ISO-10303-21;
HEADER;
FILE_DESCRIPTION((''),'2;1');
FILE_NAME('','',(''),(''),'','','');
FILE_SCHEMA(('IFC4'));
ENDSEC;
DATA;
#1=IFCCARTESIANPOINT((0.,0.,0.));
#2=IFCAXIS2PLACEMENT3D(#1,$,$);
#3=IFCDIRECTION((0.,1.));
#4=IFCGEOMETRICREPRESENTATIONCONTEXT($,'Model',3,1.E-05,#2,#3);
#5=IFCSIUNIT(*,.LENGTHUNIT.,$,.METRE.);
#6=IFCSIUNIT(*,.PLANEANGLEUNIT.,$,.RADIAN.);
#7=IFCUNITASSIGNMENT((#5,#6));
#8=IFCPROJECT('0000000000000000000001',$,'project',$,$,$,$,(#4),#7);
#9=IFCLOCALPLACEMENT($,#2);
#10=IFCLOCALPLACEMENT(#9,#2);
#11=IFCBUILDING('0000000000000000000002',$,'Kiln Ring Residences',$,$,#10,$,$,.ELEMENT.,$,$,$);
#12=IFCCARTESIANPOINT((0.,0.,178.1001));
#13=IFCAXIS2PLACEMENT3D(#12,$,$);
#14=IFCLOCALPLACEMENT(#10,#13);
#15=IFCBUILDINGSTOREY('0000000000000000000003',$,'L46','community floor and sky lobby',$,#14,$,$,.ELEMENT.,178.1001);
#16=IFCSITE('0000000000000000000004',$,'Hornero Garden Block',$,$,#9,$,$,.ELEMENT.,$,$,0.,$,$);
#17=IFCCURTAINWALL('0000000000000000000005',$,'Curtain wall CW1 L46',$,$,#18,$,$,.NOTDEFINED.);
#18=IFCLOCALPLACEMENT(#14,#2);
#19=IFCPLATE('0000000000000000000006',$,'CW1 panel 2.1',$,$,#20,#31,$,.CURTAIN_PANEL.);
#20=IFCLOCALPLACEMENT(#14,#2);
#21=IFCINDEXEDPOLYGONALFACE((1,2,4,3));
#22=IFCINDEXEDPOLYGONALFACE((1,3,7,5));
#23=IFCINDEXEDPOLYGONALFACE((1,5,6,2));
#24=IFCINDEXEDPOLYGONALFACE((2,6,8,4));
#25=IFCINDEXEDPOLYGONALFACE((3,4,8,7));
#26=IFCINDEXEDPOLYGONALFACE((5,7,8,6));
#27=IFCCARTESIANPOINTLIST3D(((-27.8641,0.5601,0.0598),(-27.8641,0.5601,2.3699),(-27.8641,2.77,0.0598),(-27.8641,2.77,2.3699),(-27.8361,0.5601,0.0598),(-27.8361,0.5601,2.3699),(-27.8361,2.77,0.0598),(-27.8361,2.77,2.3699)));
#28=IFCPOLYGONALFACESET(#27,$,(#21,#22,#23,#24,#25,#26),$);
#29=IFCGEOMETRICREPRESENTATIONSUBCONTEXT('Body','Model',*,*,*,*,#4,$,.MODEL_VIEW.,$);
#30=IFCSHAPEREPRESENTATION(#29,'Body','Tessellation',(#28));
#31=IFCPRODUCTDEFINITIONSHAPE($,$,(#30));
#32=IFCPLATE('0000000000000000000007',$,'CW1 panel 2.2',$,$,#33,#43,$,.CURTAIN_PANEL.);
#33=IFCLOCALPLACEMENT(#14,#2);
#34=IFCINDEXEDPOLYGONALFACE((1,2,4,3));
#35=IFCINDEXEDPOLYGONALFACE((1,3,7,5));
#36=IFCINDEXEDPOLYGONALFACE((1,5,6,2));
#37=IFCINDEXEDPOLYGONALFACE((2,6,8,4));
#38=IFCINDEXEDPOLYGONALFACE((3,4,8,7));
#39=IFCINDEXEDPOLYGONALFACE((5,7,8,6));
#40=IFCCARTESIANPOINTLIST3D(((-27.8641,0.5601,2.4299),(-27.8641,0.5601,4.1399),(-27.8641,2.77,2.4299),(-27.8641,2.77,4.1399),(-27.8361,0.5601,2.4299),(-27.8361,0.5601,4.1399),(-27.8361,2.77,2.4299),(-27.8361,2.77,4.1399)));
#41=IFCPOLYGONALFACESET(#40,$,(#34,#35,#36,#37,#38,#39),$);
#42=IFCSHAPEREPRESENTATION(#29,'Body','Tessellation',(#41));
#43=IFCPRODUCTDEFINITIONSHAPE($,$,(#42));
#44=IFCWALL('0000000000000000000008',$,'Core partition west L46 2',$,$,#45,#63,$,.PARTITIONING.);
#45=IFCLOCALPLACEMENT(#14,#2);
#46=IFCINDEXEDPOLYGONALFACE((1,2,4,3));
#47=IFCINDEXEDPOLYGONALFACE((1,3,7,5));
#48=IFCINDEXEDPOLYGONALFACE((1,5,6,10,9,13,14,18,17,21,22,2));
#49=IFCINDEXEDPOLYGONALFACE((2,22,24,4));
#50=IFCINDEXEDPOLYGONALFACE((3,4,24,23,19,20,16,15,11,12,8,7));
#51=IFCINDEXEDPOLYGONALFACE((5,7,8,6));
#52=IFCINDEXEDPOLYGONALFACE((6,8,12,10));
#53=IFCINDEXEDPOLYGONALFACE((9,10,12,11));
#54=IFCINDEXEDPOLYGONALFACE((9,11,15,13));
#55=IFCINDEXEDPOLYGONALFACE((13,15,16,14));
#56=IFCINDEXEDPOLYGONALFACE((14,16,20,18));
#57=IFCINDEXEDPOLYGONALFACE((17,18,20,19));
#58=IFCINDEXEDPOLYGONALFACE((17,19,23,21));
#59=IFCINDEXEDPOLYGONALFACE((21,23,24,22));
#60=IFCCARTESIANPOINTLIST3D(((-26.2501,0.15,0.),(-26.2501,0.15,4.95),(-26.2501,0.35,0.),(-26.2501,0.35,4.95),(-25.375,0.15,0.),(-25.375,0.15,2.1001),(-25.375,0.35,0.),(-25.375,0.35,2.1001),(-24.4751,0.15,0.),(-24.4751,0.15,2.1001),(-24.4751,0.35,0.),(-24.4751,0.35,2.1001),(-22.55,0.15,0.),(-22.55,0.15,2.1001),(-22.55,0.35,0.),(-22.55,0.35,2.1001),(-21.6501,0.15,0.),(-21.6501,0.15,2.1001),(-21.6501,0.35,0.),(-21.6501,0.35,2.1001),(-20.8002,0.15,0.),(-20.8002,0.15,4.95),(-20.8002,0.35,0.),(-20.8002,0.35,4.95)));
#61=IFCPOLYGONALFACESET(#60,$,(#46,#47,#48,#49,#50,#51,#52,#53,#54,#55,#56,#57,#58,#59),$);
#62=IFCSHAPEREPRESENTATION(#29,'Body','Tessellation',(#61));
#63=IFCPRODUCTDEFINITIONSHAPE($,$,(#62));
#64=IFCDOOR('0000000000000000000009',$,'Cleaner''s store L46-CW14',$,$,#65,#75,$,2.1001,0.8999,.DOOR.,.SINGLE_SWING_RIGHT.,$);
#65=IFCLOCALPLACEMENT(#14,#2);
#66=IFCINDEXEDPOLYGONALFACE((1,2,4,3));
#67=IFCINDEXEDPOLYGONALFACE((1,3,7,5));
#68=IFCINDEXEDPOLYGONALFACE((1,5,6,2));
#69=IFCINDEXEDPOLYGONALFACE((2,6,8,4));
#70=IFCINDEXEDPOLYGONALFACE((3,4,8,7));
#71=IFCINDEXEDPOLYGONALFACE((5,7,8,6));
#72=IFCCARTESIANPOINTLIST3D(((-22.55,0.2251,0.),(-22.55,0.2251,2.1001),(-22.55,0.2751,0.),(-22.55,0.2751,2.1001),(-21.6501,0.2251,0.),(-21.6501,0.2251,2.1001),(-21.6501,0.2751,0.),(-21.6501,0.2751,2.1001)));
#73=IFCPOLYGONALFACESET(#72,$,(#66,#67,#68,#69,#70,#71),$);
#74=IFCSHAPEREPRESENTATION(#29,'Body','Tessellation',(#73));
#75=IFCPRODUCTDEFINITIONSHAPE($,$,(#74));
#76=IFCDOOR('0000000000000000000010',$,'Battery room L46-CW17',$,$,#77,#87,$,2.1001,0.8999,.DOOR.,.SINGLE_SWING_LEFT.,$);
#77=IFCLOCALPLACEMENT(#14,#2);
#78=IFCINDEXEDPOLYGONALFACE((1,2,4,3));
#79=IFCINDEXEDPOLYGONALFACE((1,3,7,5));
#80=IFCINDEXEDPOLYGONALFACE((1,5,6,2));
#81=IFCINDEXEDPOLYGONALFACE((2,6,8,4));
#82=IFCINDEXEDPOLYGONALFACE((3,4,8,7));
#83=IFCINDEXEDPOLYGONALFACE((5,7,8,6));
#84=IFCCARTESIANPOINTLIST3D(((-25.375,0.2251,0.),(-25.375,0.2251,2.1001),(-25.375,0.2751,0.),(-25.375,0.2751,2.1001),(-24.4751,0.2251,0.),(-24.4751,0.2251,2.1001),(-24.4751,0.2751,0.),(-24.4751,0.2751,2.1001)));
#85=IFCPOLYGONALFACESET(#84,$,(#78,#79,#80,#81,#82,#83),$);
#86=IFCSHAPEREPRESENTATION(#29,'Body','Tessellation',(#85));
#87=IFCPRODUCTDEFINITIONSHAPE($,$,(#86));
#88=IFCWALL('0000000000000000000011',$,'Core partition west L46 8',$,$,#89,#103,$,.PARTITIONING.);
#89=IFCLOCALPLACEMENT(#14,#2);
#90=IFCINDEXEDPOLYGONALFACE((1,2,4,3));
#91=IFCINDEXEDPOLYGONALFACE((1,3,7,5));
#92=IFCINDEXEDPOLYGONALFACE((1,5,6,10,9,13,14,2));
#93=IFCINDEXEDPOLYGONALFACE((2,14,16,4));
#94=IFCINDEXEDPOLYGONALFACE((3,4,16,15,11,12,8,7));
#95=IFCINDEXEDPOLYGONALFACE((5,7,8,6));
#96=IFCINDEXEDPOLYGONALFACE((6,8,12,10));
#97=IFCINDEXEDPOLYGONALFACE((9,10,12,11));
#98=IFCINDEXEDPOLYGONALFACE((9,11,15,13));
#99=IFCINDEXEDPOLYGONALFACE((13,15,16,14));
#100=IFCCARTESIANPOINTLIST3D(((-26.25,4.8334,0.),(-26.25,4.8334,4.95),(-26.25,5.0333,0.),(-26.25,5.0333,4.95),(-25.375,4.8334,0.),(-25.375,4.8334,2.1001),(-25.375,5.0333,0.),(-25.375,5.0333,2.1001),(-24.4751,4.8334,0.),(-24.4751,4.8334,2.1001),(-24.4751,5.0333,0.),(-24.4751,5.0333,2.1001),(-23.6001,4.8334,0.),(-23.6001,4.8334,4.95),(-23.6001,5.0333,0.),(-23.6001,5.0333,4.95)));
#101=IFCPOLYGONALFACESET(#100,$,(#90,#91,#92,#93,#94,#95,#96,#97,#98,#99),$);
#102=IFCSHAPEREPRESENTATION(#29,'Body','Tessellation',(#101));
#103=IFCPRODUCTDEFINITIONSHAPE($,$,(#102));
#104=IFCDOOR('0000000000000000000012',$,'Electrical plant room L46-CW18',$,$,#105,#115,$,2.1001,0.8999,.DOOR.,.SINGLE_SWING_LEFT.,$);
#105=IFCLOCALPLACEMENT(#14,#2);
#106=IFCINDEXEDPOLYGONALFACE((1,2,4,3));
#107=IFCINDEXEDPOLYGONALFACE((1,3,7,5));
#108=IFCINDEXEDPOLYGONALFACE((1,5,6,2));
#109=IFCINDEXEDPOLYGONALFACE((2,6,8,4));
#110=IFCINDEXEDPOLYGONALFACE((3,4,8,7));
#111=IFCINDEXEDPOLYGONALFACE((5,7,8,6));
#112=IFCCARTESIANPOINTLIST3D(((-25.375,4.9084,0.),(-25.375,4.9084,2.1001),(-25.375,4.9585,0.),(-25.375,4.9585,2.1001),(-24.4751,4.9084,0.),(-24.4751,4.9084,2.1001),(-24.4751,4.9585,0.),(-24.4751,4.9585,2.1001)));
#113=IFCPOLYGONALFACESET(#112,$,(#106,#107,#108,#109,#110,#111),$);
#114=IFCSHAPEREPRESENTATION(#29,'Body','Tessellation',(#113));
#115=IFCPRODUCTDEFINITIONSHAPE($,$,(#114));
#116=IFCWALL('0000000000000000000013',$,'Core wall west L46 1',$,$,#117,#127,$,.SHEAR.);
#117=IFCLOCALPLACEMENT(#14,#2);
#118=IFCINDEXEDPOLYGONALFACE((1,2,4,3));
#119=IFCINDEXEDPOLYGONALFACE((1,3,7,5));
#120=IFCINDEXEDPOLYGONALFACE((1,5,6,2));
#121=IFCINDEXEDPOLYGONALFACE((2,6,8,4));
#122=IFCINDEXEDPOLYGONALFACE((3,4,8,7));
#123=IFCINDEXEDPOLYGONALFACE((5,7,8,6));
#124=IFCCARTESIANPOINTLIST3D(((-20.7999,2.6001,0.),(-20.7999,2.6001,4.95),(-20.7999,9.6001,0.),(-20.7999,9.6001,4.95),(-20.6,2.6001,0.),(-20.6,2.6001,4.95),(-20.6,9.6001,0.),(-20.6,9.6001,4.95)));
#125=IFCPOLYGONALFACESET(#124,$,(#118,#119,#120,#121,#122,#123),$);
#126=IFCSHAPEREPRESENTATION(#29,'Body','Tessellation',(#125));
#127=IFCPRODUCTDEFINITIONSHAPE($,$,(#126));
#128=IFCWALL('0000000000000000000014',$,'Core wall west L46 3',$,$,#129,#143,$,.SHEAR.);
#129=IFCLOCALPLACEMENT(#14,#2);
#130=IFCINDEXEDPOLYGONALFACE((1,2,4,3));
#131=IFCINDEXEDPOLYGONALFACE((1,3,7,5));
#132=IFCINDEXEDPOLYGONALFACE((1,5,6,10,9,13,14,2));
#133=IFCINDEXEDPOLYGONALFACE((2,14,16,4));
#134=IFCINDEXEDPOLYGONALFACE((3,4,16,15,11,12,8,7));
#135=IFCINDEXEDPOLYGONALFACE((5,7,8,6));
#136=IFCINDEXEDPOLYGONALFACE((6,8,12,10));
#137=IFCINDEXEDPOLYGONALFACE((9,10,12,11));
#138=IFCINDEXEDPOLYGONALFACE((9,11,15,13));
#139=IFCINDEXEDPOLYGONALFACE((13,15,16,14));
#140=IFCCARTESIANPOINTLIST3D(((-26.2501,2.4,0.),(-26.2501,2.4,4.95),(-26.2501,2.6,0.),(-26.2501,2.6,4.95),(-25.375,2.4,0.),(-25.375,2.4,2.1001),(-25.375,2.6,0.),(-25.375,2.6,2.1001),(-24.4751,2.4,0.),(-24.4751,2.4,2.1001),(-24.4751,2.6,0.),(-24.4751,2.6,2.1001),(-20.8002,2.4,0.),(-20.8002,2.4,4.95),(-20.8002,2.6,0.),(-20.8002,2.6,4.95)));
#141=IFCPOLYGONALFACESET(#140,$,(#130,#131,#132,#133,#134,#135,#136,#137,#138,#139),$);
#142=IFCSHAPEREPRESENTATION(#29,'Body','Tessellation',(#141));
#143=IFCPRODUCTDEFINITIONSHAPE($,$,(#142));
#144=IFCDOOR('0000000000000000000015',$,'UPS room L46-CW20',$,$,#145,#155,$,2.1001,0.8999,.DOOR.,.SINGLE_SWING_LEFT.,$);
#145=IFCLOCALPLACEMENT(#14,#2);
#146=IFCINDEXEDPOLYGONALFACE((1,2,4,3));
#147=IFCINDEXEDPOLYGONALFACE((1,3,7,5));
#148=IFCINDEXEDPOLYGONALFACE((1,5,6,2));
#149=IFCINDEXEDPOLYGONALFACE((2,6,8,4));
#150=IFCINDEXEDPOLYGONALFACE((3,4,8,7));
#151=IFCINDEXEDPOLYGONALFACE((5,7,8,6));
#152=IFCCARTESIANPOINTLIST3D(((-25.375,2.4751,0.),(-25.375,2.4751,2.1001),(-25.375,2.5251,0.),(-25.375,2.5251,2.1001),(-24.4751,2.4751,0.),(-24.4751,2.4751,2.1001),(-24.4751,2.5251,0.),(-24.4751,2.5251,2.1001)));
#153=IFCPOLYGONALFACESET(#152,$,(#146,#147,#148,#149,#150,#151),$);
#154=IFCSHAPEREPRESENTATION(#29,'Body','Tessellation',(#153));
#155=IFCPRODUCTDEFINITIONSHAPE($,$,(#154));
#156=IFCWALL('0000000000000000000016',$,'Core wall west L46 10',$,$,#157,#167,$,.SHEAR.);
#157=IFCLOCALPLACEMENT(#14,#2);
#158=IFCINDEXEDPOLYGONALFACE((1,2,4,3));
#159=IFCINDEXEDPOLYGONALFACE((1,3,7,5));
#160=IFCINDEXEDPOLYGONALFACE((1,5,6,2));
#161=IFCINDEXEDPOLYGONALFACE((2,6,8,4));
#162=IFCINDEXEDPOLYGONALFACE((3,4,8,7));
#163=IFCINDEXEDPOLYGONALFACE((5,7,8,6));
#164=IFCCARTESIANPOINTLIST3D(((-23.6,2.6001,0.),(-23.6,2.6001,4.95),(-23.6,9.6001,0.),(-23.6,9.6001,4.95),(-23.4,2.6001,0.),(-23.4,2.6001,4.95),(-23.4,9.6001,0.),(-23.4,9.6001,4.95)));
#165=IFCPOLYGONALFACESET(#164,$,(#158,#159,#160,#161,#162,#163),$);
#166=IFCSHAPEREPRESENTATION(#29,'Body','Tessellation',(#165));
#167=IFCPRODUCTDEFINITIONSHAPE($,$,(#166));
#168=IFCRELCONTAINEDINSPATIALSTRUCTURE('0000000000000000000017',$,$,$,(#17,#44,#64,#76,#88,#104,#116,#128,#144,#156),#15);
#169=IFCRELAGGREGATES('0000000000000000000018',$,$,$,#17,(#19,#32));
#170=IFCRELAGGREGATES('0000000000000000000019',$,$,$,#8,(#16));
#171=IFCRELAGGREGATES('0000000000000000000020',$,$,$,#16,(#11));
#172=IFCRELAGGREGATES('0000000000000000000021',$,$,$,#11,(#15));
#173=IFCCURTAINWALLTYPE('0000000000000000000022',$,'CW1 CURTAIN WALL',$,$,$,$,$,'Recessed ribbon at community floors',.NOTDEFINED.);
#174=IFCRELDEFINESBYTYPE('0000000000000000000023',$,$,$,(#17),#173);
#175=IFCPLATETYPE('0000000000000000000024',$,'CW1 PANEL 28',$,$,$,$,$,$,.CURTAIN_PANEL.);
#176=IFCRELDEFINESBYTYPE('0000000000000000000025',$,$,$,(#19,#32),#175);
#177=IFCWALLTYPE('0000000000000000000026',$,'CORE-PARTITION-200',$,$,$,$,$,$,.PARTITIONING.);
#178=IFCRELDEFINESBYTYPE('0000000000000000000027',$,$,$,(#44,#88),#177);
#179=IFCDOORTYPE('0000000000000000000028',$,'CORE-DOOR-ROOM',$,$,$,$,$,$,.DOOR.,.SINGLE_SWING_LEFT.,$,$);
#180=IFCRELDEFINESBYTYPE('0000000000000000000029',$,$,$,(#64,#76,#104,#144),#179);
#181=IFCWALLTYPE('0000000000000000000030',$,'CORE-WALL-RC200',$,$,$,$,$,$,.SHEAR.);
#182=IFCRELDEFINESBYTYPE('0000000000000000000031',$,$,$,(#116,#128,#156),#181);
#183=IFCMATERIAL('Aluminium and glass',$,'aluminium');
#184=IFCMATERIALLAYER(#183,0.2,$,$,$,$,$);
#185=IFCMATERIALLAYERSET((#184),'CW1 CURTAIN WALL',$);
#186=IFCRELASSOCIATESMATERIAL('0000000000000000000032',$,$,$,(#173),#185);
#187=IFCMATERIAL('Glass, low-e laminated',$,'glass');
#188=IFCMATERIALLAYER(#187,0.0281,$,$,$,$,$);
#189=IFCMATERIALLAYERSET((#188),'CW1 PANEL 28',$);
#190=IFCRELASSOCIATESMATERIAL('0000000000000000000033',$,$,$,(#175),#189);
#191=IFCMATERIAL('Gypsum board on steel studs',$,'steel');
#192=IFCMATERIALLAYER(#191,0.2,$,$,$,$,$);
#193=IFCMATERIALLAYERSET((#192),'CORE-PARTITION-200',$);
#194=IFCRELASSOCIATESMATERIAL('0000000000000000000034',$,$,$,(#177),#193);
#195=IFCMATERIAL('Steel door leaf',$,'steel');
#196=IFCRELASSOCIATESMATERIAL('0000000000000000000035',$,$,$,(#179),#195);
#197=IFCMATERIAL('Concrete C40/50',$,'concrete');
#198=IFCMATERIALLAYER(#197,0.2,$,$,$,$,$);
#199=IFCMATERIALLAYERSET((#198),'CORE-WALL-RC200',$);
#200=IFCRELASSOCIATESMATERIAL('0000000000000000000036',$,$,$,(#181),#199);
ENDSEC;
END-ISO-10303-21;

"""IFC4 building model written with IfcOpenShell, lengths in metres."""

from ifc_helpers import new_model, si_unit, direction, frame, frame_2d, origin, origin_2d, place, context, subcontext, project, spatial, rectangle, extrude, material, layer, layer_set, type_object, element, fill, aggregate, save


model = new_model("IFC4")

# Units and contexts
model_context = context("Model", 3, precision=1e-05, world=origin(), true_north=direction((0.0, 1.0)))
body_context = subcontext(model_context, "Body", "Model", "MODEL_VIEW")
ifc_project = project(units=[si_unit("LENGTHUNIT", "METRE"), si_unit("PLANEANGLEUNIT", "RADIAN")], contexts=[model_context])

# Site, building, storey
site_placement = place(None, origin())
site = spatial("IfcSite", under=ifc_project, at=site_placement, Name="Hornero Garden Block", CompositionType="ELEMENT", RefElevation=0.0)
building_placement = place(site_placement, origin())
building = spatial("IfcBuilding", under=site, at=building_placement, Name="Kiln Ring Residences", CompositionType="ELEMENT")
storey_placement = place(building_placement, frame((0.0, 0.0, 178.1001)))
storey = spatial("IfcBuildingStorey", under=building, at=storey_placement, Name="L46", Description="community floor and sky lobby", CompositionType="ELEMENT", Elevation=178.1001)

# Shared definitions
ifc_material_1 = material(Name="Aluminium and glass", Category="aluminium")
ifc_layer_1 = layer(ifc_material_1, 0.2)
ifc_layer_set_1 = layer_set([ifc_layer_1], Name="CW1 CURTAIN WALL")
curtain_wall_type = type_object("IfcCurtainWallType", Name="CW1 CURTAIN WALL", ElementType="Recessed ribbon at community floors", PredefinedType="NOTDEFINED", material=ifc_layer_set_1)
placement = place(storey_placement, origin())

# Curtain wall
curtain_wall_1 = element("IfcCurtainWall", 1, at=placement, inside=storey, type_object=curtain_wall_type, Name="Curtain wall CW1 L46", PredefinedType="NOTDEFINED")

# Plates
ifc_material_2 = material(Name="Glass, low-e laminated", Category="glass")
ifc_layer_2 = layer(ifc_material_2, 0.0281)
ifc_layer_set_2 = layer_set([ifc_layer_2], Name="CW1 PANEL 28")
plate_type = type_object("IfcPlateType", Name="CW1 PANEL 28", PredefinedType="CURTAIN_PANEL", material=ifc_layer_set_2)
plate_1_placement = place(storey_placement, frame((-27.8501, 1.665, 0.0598), z_axis=(0.0, 0.0, 1.0), x_axis=(0.0, -1.0, 0.0)))
plate_1 = element("IfcPlate", 2, at=plate_1_placement, type_object=plate_type, Name="CW1 panel 2.1", PredefinedType="CURTAIN_PANEL", context=body_context, shape_type="SweptSolid", body=[
    extrude(rectangle(XDim=2.21, YDim=0.0281, at=origin_2d()), origin(), (0.0, 0.0, 1.0), 2.3101),
])
plate_2_placement = place(storey_placement, frame((-27.8501, 1.665, 2.4299), z_axis=(0.0, 0.0, 1.0), x_axis=(0.0, -1.0, 0.0)))
plate_2 = element("IfcPlate", 3, at=plate_2_placement, type_object=plate_type, Name="CW1 panel 2.2", PredefinedType="CURTAIN_PANEL", context=body_context, shape_type="SweptSolid", body=[
    extrude(rectangle(XDim=2.21, YDim=0.0281, at=origin_2d()), origin(), (0.0, 0.0, 1.0), 1.71),
])
aggregate(curtain_wall_1, [plate_1, plate_2])

# Wall, openings, doors
ifc_material_3 = material(Name="Gypsum board on steel studs", Category="steel")
ifc_layer_3 = layer(ifc_material_3, 0.2)
ifc_layer_set_3 = layer_set([ifc_layer_3], Name="CORE-PARTITION-200")
wall_type_1 = type_object("IfcWallType", Name="CORE-PARTITION-200", PredefinedType="PARTITIONING", material=ifc_layer_set_3)
wall_1_placement = place(storey_placement, frame((-20.8, 0.25, 0.0), z_axis=(0.0, 0.0, 1.0), x_axis=(-1.0, 0.0, 0.0)))
wall_1 = element("IfcWall", 4, at=wall_1_placement, inside=storey, type_object=wall_type_1, Name="Core partition west L46 2", PredefinedType="PARTITIONING", context=body_context, shape_type="SweptSolid", body=[
    extrude(rectangle(XDim=5.45, YDim=0.2, at=frame_2d((2.7251, 0.0))), origin(), (0.0, 0.0, 1.0), 4.95),
])
opening_1_placement = place(wall_1_placement, frame((0.8501, 0.0, 0.0)))
opening_1 = element("IfcOpeningElement", 5, at=opening_1_placement, cuts=wall_1, PredefinedType="OPENING", context=body_context, shape_type="SweptSolid", body=[
    extrude(rectangle(XDim=0.8999, YDim=2.1001, at=frame_2d((0.45, 1.05))), frame((0.0, 0.1099, 0.0), z_axis=(0.0, -1.0, 0.0), x_axis=(1.0, 0.0, 0.0)), (0.0, 0.0, 1.0), 0.22),
])
opening_2_placement = place(wall_1_placement, frame((3.675, 0.0, 0.0)))
opening_2 = element("IfcOpeningElement", 6, at=opening_2_placement, cuts=wall_1, PredefinedType="OPENING", context=body_context, shape_type="SweptSolid", body=[
    extrude(rectangle(XDim=0.8999, YDim=2.1001, at=frame_2d((0.45, 1.05))), frame((0.0, 0.1099, 0.0), z_axis=(0.0, -1.0, 0.0), x_axis=(1.0, 0.0, 0.0)), (0.0, 0.0, 1.0), 0.22),
])
ifc_material_4 = material(Name="Steel door leaf", Category="steel")
door_type = type_object("IfcDoorType", Name="CORE-DOOR-ROOM", OperationType="SINGLE_SWING_LEFT", PredefinedType="DOOR", material=ifc_material_4)
door_1_placement = place(opening_1_placement, origin())
door_1 = element("IfcDoor", 7, at=door_1_placement, inside=storey, type_object=door_type, Name="Cleaner's store L46-CW14", OperationType="SINGLE_SWING_RIGHT", OverallHeight=2.1001, OverallWidth=0.8999, PredefinedType="DOOR", context=body_context, shape_type="SweptSolid", body=[
    extrude(rectangle(XDim=0.8999, YDim=2.1001, at=frame_2d((0.45, 1.05))), frame((0.0, 0.0249, 0.0), z_axis=(0.0, -1.0, 0.0), x_axis=(1.0, 0.0, 0.0)), (0.0, 0.0, 1.0), 0.05),
])
fill(opening_1, door_1)
door_2_placement = place(opening_2_placement, origin())
door_2 = element("IfcDoor", 8, at=door_2_placement, inside=storey, type_object=door_type, Name="Battery room L46-CW17", OperationType="SINGLE_SWING_LEFT", OverallHeight=2.1001, OverallWidth=0.8999, PredefinedType="DOOR", context=body_context, shape_type="SweptSolid", body=[
    extrude(rectangle(XDim=0.8999, YDim=2.1001, at=frame_2d((0.45, 1.05))), frame((0.0, 0.0249, 0.0), z_axis=(0.0, -1.0, 0.0), x_axis=(1.0, 0.0, 0.0)), (0.0, 0.0, 1.0), 0.05),
])
fill(opening_2, door_2)

# Wall, opening, door
wall_2_placement = place(storey_placement, frame((-23.6001, 4.9333, 0.0), z_axis=(0.0, 0.0, 1.0), x_axis=(-1.0, 0.0, 0.0)))
wall_2 = element("IfcWall", 9, at=wall_2_placement, inside=storey, type_object=wall_type_1, Name="Core partition west L46 8", PredefinedType="PARTITIONING", context=body_context, shape_type="SweptSolid", body=[
    extrude(rectangle(XDim=2.6499, YDim=0.2, at=frame_2d((1.325, 0.0))), origin(), (0.0, 0.0, 1.0), 4.95),
])
opening_3_placement = place(wall_2_placement, frame((0.875, 0.0, 0.0)))
opening_3 = element("IfcOpeningElement", 10, at=opening_3_placement, cuts=wall_2, PredefinedType="OPENING", context=body_context, shape_type="SweptSolid", body=[
    extrude(rectangle(XDim=0.8999, YDim=2.1001, at=frame_2d((0.45, 1.05))), frame((0.0, 0.1099, 0.0), z_axis=(0.0, -1.0, 0.0), x_axis=(1.0, 0.0, 0.0)), (0.0, 0.0, 1.0), 0.22),
])
door_3_placement = place(opening_3_placement, origin())
door_3 = element("IfcDoor", 11, at=door_3_placement, inside=storey, type_object=door_type, Name="Electrical plant room L46-CW18", OperationType="SINGLE_SWING_LEFT", OverallHeight=2.1001, OverallWidth=0.8999, PredefinedType="DOOR", context=body_context, shape_type="SweptSolid", body=[
    extrude(rectangle(XDim=0.8999, YDim=2.1001, at=frame_2d((0.45, 1.05))), frame((0.0, 0.0249, 0.0), z_axis=(0.0, -1.0, 0.0), x_axis=(1.0, 0.0, 0.0)), (0.0, 0.0, 1.0), 0.05),
])
fill(opening_3, door_3)

# Wall
ifc_material_5 = material(Name="Concrete C40/50", Category="concrete")
ifc_layer_4 = layer(ifc_material_5, 0.2)
ifc_layer_set_4 = layer_set([ifc_layer_4], Name="CORE-WALL-RC200")
wall_type_2 = type_object("IfcWallType", Name="CORE-WALL-RC200", PredefinedType="SHEAR", material=ifc_layer_set_4)
wall_3_placement = place(storey_placement, frame((-20.7, 2.6001, 0.0), z_axis=(0.0, 0.0, 1.0), x_axis=(0.0, 1.0, 0.0)))
element("IfcWall", 12, at=wall_3_placement, inside=storey, type_object=wall_type_2, Name="Core wall west L46 1", PredefinedType="SHEAR", context=body_context, shape_type="SweptSolid", body=[
    extrude(rectangle(XDim=7.0, YDim=0.2, at=frame_2d((3.5, 0.0))), origin(), (0.0, 0.0, 1.0), 4.95),
])

# Wall, opening, door
wall_4_placement = place(storey_placement, frame((-20.8, 2.5, 0.0), z_axis=(0.0, 0.0, 1.0), x_axis=(-1.0, 0.0, 0.0)))
wall_4 = element("IfcWall", 13, at=wall_4_placement, inside=storey, type_object=wall_type_2, Name="Core wall west L46 3", PredefinedType="SHEAR", context=body_context, shape_type="SweptSolid", body=[
    extrude(rectangle(XDim=5.45, YDim=0.2, at=frame_2d((2.7251, 0.0))), origin(), (0.0, 0.0, 1.0), 4.95),
])
opening_4_placement = place(wall_4_placement, frame((3.675, 0.0, 0.0)))
opening_4 = element("IfcOpeningElement", 14, at=opening_4_placement, cuts=wall_4, PredefinedType="OPENING", context=body_context, shape_type="SweptSolid", body=[
    extrude(rectangle(XDim=0.8999, YDim=2.1001, at=frame_2d((0.45, 1.05))), frame((0.0, 0.1099, 0.0), z_axis=(0.0, -1.0, 0.0), x_axis=(1.0, 0.0, 0.0)), (0.0, 0.0, 1.0), 0.22),
])
door_4_placement = place(opening_4_placement, origin())
door_4 = element("IfcDoor", 15, at=door_4_placement, inside=storey, type_object=door_type, Name="UPS room L46-CW20", OperationType="SINGLE_SWING_LEFT", OverallHeight=2.1001, OverallWidth=0.8999, PredefinedType="DOOR", context=body_context, shape_type="SweptSolid", body=[
    extrude(rectangle(XDim=0.8999, YDim=2.1001, at=frame_2d((0.45, 1.05))), frame((0.0, 0.0249, 0.0), z_axis=(0.0, -1.0, 0.0), x_axis=(1.0, 0.0, 0.0)), (0.0, 0.0, 1.0), 0.05),
])
fill(opening_4, door_4)

# Wall
wall_5_placement = place(storey_placement, frame((-23.5, 2.6001, 0.0), z_axis=(0.0, 0.0, 1.0), x_axis=(0.0, 1.0, 0.0)))
element("IfcWall", 16, at=wall_5_placement, inside=storey, type_object=wall_type_2, Name="Core wall west L46 10", PredefinedType="SHEAR", context=body_context, shape_type="SweptSolid", body=[
    extrude(rectangle(XDim=7.0, YDim=0.2, at=frame_2d((3.5, 0.0))), origin(), (0.0, 0.0, 1.0), 4.95),
])

save(model, "model.ifc")
